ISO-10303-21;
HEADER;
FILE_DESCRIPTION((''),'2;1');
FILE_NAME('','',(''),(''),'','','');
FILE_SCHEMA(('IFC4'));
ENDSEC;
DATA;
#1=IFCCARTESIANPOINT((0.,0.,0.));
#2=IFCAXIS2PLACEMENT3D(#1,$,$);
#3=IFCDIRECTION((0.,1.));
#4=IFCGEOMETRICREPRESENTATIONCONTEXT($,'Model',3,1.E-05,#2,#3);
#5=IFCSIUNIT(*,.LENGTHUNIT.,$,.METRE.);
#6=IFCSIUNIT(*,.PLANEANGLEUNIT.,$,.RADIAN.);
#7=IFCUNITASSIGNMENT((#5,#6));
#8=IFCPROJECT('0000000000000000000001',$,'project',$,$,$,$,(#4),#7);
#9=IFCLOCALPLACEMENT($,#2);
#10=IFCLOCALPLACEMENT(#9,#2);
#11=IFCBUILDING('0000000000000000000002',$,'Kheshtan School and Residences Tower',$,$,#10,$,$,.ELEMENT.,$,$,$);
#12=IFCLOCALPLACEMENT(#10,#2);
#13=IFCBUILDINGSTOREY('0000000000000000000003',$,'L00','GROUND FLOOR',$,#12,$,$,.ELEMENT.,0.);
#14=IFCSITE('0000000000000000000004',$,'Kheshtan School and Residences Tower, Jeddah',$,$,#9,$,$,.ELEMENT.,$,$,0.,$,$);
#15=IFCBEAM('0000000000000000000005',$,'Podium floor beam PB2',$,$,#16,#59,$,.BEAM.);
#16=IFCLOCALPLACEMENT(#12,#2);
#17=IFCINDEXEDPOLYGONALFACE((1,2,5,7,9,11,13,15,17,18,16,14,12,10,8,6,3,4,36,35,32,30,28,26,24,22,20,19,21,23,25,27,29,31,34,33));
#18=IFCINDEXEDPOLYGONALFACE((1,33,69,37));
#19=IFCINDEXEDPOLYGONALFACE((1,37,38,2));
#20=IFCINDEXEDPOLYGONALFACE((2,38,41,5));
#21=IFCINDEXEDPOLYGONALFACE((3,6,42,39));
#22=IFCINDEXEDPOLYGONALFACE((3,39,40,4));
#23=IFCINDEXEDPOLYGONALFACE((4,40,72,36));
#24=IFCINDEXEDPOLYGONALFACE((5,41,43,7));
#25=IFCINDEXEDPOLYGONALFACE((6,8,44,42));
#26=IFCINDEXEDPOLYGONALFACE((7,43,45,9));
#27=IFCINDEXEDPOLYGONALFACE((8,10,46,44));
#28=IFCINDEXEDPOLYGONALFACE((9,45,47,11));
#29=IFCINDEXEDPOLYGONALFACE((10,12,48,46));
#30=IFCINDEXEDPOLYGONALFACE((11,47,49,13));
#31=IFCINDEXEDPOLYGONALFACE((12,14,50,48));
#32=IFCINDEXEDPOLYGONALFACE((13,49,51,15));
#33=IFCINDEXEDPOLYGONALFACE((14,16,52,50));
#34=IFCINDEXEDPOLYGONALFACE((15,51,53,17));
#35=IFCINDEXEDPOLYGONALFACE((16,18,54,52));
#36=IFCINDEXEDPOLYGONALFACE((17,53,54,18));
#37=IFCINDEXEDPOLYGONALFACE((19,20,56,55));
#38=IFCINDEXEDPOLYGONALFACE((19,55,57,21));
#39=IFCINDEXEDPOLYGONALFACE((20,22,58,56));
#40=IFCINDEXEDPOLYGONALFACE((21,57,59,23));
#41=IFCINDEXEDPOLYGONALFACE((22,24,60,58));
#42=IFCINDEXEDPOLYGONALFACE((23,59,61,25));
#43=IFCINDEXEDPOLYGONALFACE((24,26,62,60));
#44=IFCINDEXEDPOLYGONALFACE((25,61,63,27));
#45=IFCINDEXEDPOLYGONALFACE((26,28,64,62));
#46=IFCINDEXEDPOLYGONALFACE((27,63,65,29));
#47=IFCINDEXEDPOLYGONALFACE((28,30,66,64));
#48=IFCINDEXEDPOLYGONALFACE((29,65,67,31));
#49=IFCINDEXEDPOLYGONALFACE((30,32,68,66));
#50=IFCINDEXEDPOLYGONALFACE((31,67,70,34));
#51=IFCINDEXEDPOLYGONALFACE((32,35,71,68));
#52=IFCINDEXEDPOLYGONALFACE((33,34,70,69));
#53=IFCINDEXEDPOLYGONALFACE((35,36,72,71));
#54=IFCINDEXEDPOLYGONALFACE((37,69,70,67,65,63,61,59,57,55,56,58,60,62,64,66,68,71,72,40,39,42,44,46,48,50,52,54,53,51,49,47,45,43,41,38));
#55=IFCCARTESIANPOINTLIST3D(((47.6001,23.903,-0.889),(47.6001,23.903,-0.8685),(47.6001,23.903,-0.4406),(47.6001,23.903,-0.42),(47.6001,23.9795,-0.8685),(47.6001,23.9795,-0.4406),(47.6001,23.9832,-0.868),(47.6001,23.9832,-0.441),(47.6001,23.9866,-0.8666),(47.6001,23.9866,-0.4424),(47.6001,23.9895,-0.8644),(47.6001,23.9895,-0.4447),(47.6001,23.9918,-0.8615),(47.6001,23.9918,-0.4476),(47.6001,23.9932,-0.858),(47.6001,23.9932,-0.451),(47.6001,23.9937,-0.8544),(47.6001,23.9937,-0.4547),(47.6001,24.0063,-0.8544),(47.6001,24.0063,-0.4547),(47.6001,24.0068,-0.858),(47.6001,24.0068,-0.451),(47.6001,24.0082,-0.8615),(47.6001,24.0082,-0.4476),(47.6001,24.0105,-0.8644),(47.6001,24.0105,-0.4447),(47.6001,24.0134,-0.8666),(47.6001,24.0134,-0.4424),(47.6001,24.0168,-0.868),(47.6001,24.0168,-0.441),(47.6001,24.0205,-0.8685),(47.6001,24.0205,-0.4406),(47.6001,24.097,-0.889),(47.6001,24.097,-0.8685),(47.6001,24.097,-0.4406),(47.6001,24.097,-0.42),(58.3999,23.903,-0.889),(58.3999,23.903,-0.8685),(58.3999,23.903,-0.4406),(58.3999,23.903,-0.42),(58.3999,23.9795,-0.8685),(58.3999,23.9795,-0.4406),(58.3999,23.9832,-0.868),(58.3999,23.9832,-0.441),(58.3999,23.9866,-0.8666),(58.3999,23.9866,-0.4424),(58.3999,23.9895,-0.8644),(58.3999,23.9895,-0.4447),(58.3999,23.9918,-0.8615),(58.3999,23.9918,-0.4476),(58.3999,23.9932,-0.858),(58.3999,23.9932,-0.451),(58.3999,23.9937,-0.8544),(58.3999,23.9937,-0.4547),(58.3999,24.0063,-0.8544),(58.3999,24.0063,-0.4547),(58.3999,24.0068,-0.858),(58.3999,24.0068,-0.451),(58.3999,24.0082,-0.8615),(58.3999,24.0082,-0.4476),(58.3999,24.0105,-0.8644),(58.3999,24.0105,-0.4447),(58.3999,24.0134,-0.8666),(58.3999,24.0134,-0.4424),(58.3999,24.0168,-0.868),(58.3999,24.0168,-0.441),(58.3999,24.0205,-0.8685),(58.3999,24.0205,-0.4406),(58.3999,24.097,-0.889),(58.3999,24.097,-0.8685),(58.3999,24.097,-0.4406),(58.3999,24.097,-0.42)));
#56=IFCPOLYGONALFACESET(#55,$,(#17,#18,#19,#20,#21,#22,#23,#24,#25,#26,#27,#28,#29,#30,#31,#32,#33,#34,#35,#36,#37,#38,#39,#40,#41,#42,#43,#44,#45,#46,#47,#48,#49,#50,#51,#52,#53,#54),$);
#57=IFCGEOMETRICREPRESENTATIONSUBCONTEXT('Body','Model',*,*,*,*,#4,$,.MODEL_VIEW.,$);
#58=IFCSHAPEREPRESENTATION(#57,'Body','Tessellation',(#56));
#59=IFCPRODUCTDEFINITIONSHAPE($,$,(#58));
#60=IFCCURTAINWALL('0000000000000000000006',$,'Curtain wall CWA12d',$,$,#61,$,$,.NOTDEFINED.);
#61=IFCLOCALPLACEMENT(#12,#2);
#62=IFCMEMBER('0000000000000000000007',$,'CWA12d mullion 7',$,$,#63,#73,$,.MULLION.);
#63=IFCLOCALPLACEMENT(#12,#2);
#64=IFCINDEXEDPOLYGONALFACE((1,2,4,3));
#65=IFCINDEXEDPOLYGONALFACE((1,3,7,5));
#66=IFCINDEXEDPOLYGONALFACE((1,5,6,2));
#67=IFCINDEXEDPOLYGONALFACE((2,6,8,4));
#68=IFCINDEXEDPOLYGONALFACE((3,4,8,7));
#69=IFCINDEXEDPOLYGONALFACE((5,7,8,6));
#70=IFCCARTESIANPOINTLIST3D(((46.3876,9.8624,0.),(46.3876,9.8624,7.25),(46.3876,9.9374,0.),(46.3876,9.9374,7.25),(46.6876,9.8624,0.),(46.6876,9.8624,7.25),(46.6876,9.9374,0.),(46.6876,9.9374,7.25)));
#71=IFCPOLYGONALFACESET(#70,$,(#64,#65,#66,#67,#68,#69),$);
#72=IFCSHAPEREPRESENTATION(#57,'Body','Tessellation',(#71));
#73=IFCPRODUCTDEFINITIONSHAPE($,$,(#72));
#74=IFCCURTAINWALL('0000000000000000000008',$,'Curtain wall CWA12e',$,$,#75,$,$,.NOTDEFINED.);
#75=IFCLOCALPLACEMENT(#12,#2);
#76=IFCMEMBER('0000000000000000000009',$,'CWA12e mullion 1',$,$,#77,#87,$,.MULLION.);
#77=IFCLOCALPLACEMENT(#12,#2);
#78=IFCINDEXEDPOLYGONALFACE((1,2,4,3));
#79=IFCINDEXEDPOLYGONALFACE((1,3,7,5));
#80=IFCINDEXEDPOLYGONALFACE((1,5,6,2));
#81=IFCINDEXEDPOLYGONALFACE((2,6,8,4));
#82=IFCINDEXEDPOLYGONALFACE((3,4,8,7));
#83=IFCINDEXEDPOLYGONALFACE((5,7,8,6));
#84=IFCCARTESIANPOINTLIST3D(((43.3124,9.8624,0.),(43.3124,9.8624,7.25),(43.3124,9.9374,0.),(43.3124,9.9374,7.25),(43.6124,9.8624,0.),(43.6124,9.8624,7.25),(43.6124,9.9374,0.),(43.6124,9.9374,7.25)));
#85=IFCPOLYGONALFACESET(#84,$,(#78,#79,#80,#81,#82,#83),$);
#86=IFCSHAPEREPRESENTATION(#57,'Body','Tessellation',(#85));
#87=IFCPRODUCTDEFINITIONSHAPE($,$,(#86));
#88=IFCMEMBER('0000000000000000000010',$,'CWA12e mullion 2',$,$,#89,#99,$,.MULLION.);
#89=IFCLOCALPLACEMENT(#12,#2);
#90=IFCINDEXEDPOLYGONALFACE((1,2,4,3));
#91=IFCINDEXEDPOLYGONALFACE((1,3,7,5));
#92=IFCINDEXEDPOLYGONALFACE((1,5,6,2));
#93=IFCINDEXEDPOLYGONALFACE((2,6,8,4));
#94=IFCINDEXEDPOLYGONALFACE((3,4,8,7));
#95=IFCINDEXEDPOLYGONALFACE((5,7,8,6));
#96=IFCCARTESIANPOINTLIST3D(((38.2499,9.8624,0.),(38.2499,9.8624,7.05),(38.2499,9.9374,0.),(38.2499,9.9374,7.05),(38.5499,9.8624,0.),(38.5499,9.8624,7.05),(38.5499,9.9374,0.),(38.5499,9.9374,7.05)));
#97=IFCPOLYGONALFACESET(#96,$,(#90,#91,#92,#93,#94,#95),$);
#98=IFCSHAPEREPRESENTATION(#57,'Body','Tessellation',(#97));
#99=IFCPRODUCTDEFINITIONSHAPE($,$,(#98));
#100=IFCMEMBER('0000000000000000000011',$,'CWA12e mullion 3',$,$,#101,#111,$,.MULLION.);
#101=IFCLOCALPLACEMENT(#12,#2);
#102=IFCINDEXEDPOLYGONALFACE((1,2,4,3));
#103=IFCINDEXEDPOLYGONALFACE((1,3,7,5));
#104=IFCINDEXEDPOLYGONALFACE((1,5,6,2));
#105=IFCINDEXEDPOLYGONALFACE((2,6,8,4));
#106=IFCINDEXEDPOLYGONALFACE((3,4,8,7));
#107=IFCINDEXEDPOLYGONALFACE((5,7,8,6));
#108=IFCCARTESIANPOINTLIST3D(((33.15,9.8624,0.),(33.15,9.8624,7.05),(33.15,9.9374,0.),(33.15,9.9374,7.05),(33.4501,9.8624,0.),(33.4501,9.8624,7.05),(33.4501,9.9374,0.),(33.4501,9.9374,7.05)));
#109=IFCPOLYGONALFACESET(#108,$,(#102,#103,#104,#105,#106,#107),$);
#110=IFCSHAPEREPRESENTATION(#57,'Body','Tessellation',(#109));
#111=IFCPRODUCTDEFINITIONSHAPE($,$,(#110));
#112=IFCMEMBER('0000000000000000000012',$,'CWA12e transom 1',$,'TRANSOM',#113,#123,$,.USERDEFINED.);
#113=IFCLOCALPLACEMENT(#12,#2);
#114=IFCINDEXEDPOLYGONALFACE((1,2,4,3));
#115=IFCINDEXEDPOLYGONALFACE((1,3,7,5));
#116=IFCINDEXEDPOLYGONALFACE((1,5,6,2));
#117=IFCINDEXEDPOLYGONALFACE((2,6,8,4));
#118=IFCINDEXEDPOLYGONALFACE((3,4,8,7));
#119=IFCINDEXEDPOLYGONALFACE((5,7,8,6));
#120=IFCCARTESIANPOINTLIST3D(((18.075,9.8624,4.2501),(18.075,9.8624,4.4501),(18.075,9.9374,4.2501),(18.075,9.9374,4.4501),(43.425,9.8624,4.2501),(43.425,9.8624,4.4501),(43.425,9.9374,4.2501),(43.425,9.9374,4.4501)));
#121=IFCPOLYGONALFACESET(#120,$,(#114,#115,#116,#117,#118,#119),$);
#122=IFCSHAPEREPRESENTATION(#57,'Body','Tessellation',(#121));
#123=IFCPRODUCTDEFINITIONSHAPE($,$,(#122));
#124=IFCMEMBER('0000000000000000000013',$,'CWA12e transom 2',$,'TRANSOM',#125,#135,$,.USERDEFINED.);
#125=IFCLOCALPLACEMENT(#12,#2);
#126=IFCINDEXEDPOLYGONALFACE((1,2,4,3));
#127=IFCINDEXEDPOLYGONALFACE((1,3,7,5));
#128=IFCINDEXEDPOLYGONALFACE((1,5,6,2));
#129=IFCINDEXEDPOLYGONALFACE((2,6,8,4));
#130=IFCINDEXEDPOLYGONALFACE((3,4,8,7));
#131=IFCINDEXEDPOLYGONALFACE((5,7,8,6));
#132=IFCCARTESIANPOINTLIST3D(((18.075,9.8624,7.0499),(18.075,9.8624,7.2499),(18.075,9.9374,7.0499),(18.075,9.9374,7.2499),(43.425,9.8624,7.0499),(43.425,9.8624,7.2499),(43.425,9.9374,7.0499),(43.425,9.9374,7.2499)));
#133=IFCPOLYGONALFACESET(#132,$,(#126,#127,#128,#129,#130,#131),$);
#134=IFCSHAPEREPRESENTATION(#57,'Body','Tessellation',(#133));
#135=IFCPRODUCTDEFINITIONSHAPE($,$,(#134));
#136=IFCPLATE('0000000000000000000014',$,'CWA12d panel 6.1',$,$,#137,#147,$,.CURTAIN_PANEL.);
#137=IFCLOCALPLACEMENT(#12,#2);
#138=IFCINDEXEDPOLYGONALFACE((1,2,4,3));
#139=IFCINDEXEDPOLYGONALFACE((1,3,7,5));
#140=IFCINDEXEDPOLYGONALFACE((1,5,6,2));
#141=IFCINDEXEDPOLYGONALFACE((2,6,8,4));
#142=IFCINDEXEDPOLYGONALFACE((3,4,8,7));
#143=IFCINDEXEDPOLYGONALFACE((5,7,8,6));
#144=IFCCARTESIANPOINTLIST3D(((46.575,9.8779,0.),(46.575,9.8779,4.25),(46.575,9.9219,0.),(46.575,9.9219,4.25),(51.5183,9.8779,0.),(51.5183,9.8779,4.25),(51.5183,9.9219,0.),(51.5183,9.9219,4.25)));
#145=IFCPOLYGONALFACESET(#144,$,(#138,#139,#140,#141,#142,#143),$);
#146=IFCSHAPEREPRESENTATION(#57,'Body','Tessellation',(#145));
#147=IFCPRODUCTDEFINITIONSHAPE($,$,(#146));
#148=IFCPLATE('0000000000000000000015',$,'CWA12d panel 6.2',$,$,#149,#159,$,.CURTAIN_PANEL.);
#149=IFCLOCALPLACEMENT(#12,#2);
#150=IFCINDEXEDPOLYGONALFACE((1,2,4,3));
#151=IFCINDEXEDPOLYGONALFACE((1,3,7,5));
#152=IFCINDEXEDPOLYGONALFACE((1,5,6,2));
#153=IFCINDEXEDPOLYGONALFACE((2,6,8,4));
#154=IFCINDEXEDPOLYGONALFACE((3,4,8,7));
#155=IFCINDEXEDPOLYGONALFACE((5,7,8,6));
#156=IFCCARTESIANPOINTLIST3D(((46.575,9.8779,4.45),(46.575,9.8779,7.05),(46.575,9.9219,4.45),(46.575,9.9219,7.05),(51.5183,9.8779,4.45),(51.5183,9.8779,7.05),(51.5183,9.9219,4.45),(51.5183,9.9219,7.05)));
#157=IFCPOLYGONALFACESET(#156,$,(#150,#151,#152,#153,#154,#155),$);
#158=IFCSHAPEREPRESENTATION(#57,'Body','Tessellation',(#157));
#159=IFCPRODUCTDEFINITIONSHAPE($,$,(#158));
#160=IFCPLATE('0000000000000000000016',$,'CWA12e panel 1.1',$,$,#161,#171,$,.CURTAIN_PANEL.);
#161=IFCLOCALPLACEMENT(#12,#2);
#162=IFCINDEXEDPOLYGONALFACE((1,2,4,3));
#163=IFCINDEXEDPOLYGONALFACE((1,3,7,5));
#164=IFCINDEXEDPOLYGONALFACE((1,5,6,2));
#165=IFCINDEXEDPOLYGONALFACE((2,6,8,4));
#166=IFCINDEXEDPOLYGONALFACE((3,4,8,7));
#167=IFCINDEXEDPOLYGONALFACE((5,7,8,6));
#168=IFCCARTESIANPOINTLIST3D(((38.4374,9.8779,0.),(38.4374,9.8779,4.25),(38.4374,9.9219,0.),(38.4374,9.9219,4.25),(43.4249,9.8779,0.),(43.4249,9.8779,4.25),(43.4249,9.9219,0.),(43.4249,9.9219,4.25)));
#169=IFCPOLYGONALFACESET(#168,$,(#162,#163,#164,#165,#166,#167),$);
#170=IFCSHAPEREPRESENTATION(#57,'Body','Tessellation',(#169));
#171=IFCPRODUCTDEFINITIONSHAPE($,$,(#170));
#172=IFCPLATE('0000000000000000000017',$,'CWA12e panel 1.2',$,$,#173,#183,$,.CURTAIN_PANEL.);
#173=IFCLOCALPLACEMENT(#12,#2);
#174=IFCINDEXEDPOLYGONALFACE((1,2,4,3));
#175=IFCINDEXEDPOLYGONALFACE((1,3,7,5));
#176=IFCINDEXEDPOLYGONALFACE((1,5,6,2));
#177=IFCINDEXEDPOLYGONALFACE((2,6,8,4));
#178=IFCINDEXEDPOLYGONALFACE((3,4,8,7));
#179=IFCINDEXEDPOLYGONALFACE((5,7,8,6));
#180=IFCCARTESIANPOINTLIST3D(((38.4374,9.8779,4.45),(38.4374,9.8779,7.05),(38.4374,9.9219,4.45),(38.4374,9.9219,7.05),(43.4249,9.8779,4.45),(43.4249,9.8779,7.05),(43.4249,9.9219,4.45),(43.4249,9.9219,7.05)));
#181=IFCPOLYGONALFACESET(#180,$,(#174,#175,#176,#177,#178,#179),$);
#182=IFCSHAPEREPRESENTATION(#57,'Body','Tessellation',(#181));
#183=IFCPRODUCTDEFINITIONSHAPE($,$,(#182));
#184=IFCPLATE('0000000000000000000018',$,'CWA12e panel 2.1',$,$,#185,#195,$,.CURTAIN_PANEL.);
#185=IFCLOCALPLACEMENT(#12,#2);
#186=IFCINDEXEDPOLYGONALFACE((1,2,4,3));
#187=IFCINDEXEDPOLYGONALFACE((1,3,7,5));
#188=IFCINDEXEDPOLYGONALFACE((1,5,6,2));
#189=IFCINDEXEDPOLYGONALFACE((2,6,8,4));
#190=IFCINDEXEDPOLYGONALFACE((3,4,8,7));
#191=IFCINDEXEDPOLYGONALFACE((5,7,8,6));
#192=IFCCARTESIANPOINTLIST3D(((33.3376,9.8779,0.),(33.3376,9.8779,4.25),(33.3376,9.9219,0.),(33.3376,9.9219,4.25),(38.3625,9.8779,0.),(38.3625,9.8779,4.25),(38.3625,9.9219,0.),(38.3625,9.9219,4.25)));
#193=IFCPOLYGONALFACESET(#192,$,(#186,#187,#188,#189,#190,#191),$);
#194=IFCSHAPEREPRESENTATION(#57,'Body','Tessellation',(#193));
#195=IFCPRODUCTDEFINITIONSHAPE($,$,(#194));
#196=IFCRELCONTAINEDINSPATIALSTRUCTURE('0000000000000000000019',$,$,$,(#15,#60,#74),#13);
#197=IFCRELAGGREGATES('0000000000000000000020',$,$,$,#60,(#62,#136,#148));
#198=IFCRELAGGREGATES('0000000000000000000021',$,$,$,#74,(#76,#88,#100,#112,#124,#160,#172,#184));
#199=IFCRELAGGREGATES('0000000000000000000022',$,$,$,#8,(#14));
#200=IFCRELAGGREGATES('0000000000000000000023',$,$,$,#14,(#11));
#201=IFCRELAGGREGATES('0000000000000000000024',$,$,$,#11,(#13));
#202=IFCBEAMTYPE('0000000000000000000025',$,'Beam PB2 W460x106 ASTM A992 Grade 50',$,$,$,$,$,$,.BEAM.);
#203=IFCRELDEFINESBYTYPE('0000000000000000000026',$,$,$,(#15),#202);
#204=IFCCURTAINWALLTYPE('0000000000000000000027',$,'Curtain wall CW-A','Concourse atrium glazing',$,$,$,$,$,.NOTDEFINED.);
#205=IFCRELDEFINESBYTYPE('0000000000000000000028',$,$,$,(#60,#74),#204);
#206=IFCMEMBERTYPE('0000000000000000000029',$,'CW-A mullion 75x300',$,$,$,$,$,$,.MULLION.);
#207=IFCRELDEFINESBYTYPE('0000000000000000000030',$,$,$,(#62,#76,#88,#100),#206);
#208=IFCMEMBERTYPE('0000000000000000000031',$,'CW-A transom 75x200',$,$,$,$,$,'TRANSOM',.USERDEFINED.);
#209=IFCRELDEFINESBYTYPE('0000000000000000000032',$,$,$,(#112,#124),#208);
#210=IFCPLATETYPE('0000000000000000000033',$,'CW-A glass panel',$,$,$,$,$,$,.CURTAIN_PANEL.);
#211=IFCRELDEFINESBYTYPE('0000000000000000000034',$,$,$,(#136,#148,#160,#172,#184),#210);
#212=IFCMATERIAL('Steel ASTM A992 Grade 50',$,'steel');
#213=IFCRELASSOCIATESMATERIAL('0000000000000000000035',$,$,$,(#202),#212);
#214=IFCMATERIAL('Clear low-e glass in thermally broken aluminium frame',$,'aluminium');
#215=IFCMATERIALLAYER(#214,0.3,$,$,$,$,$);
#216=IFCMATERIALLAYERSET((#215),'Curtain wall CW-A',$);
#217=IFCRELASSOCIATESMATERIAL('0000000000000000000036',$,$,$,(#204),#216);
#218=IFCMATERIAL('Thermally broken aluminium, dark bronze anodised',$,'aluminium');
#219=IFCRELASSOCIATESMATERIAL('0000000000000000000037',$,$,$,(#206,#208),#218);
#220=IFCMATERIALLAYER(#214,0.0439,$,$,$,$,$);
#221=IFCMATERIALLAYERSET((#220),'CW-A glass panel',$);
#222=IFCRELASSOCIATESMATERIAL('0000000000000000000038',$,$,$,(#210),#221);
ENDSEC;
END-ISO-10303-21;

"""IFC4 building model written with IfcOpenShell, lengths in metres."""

from ifc_helpers import new_model, si_unit, direction, frame, origin, origin_2d, place, context, subcontext, project, spatial, rectangle, i_section, extrude, material, layer, layer_set, material_profile, profile_set, type_object, element, aggregate, save


model = new_model("IFC4")

# Units and contexts
model_context = context("Model", 3, precision=1e-05, world=origin(), true_north=direction((0.0, 1.0)))
body_context = subcontext(model_context, "Body", "Model", "MODEL_VIEW")
ifc_project = project(units=[si_unit("LENGTHUNIT", "METRE"), si_unit("PLANEANGLEUNIT", "RADIAN")], contexts=[model_context])

# Site, building, storey
site_placement = place(None, origin())
site = spatial("IfcSite", under=ifc_project, at=site_placement, Name="Kheshtan School and Residences Tower, Jeddah", CompositionType="ELEMENT", RefElevation=0.0)
building_placement = place(site_placement, origin())
building = spatial("IfcBuilding", under=site, at=building_placement, Name="Kheshtan School and Residences Tower", CompositionType="ELEMENT")
storey_placement = place(building_placement, origin())
storey = spatial("IfcBuildingStorey", under=building, at=storey_placement, Name="L00", Description="GROUND FLOOR", CompositionType="ELEMENT", Elevation=0.0)

# Shared definitions
ifc_material_1 = material(Name="Steel ASTM A992 Grade 50", Category="steel")

# Beam
ifc_material_profile_1 = material_profile(ifc_material_1, i_section(OverallWidth=0.1941, OverallDepth=0.469, WebThickness=0.0127, FlangeThickness=0.0205, FilletRadius=0.0142, at=origin_2d()), Name="W460x106")
ifc_profile_set_1 = profile_set([ifc_material_profile_1], Name="Steel ASTM A992 Grade 50")
beam_type = type_object("IfcBeamType", Name="Beam PB2 W460x106 ASTM A992 Grade 50", PredefinedType="BEAM", material=ifc_profile_set_1)
beam_placement = place(storey_placement, frame((47.6001, 24.0, -0.6545), z_axis=(1.0, 0.0, 0.0), x_axis=(0.0, 1.0, 0.0)))
element("IfcBeam", 1, at=beam_placement, inside=storey, type_object=beam_type, Name="Podium floor beam PB2", PredefinedType="BEAM", context=body_context, shape_type="SweptSolid", body=[
    extrude(i_section(OverallWidth=0.1941, OverallDepth=0.469, WebThickness=0.0127, FlangeThickness=0.0205, FilletRadius=0.0142, at=origin_2d()), origin(), (0.0, 0.0, 1.0), 10.7998),
])

# Curtain wall, member
ifc_material_2 = material(Name="Clear low-e glass in thermally broken aluminium frame", Category="aluminium")
ifc_layer_1 = layer(ifc_material_2, 0.3)
ifc_layer_set_1 = layer_set([ifc_layer_1], Name="Curtain wall CW-A")
curtain_wall_type = type_object("IfcCurtainWallType", Name="Curtain wall CW-A", Description="Concourse atrium glazing", PredefinedType="NOTDEFINED", material=ifc_layer_set_1)
curtain_wall_1_placement = place(storey_placement, origin())
curtain_wall_1 = element("IfcCurtainWall", 2, at=curtain_wall_1_placement, inside=storey, type_object=curtain_wall_type, Name="Curtain wall CWA12d", PredefinedType="NOTDEFINED")
ifc_material_3 = material(Name="Thermally broken aluminium, dark bronze anodised", Category="aluminium")
ifc_material_profile_2 = material_profile(ifc_material_3, rectangle(XDim=0.075, YDim=0.3, at=origin_2d()), Name="CW-A mullion 75x300")
ifc_profile_set_2 = profile_set([ifc_material_profile_2], Name="Thermally broken aluminium, dark bronze anodised")
member_type_1 = type_object("IfcMemberType", Name="CW-A mullion 75x300", PredefinedType="MULLION", material=ifc_profile_set_2)
member_1_placement = place(storey_placement, frame((46.5376, 9.8999, 0.0), z_axis=(0.0, 0.0, 1.0), x_axis=(0.0, -1.0, 0.0)))
member_1 = element("IfcMember", 3, at=member_1_placement, type_object=member_type_1, Name="CWA12d mullion 7", PredefinedType="MULLION", context=body_context, shape_type="SweptSolid", body=[
    extrude(rectangle(XDim=0.075, YDim=0.3, at=origin_2d()), origin(), (0.0, 0.0, 1.0), 7.25),
])

# Curtain wall, members
curtain_wall_2_placement = place(storey_placement, origin())
curtain_wall_2 = element("IfcCurtainWall", 4, at=curtain_wall_2_placement, inside=storey, type_object=curtain_wall_type, Name="Curtain wall CWA12e", PredefinedType="NOTDEFINED")
member_2_placement = place(storey_placement, frame((43.4624, 9.8999, 0.0), z_axis=(0.0, 0.0, 1.0), x_axis=(0.0, -1.0, 0.0)))
member_2 = element("IfcMember", 5, at=member_2_placement, type_object=member_type_1, Name="CWA12e mullion 1", PredefinedType="MULLION", context=body_context, shape_type="SweptSolid", body=[
    extrude(rectangle(XDim=0.075, YDim=0.3, at=origin_2d()), origin(), (0.0, 0.0, 1.0), 7.25),
])
member_3_placement = place(storey_placement, frame((38.3999, 9.8999, 0.0), z_axis=(0.0, 0.0, 1.0), x_axis=(0.0, -1.0, 0.0)))
member_3 = element("IfcMember", 6, at=member_3_placement, type_object=member_type_1, Name="CWA12e mullion 2", PredefinedType="MULLION", context=body_context, shape_type="SweptSolid", body=[
    extrude(rectangle(XDim=0.075, YDim=0.3, at=origin_2d()), origin(), (0.0, 0.0, 1.0), 7.05),
])
member_4_placement = place(storey_placement, frame((33.3, 9.8999, 0.0), z_axis=(0.0, 0.0, 1.0), x_axis=(0.0, -1.0, 0.0)))
member_4 = element("IfcMember", 7, at=member_4_placement, type_object=member_type_1, Name="CWA12e mullion 3", PredefinedType="MULLION", context=body_context, shape_type="SweptSolid", body=[
    extrude(rectangle(XDim=0.075, YDim=0.3, at=origin_2d()), origin(), (0.0, 0.0, 1.0), 7.05),
])
ifc_material_profile_3 = material_profile(ifc_material_3, rectangle(XDim=0.075, YDim=0.2, at=origin_2d()), Name="CW-A transom 75x200")
ifc_profile_set_3 = profile_set([ifc_material_profile_3], Name="Thermally broken aluminium, dark bronze anodised")
member_type_2 = type_object("IfcMemberType", Name="CW-A transom 75x200", ElementType="TRANSOM", PredefinedType="USERDEFINED", material=ifc_profile_set_3)
member_5_placement = place(storey_placement, frame((43.425, 9.8999, 4.3501), z_axis=(-1.0, 0.0, 0.0), x_axis=(0.0, -1.0, 0.0)))
member_5 = element("IfcMember", 8, at=member_5_placement, type_object=member_type_2, Name="CWA12e transom 1", ObjectType="TRANSOM", PredefinedType="USERDEFINED", context=body_context, shape_type="SweptSolid", body=[
    extrude(rectangle(XDim=0.075, YDim=0.2, at=origin_2d()), origin(), (0.0, 0.0, 1.0), 25.3501),
])
member_6_placement = place(storey_placement, frame((43.425, 9.8999, 7.1499), z_axis=(-1.0, 0.0, 0.0), x_axis=(0.0, -1.0, 0.0)))
member_6 = element("IfcMember", 9, at=member_6_placement, type_object=member_type_2, Name="CWA12e transom 2", ObjectType="TRANSOM", PredefinedType="USERDEFINED", context=body_context, shape_type="SweptSolid", body=[
    extrude(rectangle(XDim=0.075, YDim=0.2, at=origin_2d()), origin(), (0.0, 0.0, 1.0), 25.3501),
])

# Plates
ifc_layer_2 = layer(ifc_material_2, 0.0439)
ifc_layer_set_2 = layer_set([ifc_layer_2], Name="CW-A glass panel")
plate_type = type_object("IfcPlateType", Name="CW-A glass panel", PredefinedType="CURTAIN_PANEL", material=ifc_layer_set_2)
plate_1_placement = place(storey_placement, frame((49.0466, 9.8999, 0.0), z_axis=(0.0, 0.0, 1.0), x_axis=(-1.0, 0.0, 0.0)))
plate_1 = element("IfcPlate", 10, at=plate_1_placement, type_object=plate_type, Name="CWA12d panel 6.1", PredefinedType="CURTAIN_PANEL", context=body_context, shape_type="SweptSolid", body=[
    extrude(rectangle(XDim=4.9434, YDim=0.0439, at=origin_2d()), origin(), (0.0, 0.0, 1.0), 4.25),
])
plate_2_placement = place(storey_placement, frame((49.0466, 9.8999, 4.45), z_axis=(0.0, 0.0, 1.0), x_axis=(-1.0, 0.0, 0.0)))
plate_2 = element("IfcPlate", 11, at=plate_2_placement, type_object=plate_type, Name="CWA12d panel 6.2", PredefinedType="CURTAIN_PANEL", context=body_context, shape_type="SweptSolid", body=[
    extrude(rectangle(XDim=4.9434, YDim=0.0439, at=origin_2d()), origin(), (0.0, 0.0, 1.0), 2.6001),
])
aggregate(curtain_wall_1, [member_1, plate_1, plate_2])
plate_3_placement = place(storey_placement, frame((40.9312, 9.8999, 0.0), z_axis=(0.0, 0.0, 1.0), x_axis=(-1.0, 0.0, 0.0)))
plate_3 = element("IfcPlate", 12, at=plate_3_placement, type_object=plate_type, Name="CWA12e panel 1.1", PredefinedType="CURTAIN_PANEL", context=body_context, shape_type="SweptSolid", body=[
    extrude(rectangle(XDim=4.9875, YDim=0.0439, at=origin_2d()), origin(), (0.0, 0.0, 1.0), 4.25),
])
plate_4_placement = place(storey_placement, frame((40.9312, 9.8999, 4.45), z_axis=(0.0, 0.0, 1.0), x_axis=(-1.0, 0.0, 0.0)))
plate_4 = element("IfcPlate", 13, at=plate_4_placement, type_object=plate_type, Name="CWA12e panel 1.2", PredefinedType="CURTAIN_PANEL", context=body_context, shape_type="SweptSolid", body=[
    extrude(rectangle(XDim=4.9875, YDim=0.0439, at=origin_2d()), origin(), (0.0, 0.0, 1.0), 2.6001),
])
plate_5_placement = place(storey_placement, frame((35.8501, 9.8999, 0.0), z_axis=(0.0, 0.0, 1.0), x_axis=(-1.0, 0.0, 0.0)))
plate_5 = element("IfcPlate", 14, at=plate_5_placement, type_object=plate_type, Name="CWA12e panel 2.1", PredefinedType="CURTAIN_PANEL", context=body_context, shape_type="SweptSolid", body=[
    extrude(rectangle(XDim=5.0249, YDim=0.0439, at=origin_2d()), origin(), (0.0, 0.0, 1.0), 4.25),
])
aggregate(curtain_wall_2, [member_2, member_3, member_4, member_5, member_6, plate_3, plate_4, plate_5])

save(model, "model.ifc")
